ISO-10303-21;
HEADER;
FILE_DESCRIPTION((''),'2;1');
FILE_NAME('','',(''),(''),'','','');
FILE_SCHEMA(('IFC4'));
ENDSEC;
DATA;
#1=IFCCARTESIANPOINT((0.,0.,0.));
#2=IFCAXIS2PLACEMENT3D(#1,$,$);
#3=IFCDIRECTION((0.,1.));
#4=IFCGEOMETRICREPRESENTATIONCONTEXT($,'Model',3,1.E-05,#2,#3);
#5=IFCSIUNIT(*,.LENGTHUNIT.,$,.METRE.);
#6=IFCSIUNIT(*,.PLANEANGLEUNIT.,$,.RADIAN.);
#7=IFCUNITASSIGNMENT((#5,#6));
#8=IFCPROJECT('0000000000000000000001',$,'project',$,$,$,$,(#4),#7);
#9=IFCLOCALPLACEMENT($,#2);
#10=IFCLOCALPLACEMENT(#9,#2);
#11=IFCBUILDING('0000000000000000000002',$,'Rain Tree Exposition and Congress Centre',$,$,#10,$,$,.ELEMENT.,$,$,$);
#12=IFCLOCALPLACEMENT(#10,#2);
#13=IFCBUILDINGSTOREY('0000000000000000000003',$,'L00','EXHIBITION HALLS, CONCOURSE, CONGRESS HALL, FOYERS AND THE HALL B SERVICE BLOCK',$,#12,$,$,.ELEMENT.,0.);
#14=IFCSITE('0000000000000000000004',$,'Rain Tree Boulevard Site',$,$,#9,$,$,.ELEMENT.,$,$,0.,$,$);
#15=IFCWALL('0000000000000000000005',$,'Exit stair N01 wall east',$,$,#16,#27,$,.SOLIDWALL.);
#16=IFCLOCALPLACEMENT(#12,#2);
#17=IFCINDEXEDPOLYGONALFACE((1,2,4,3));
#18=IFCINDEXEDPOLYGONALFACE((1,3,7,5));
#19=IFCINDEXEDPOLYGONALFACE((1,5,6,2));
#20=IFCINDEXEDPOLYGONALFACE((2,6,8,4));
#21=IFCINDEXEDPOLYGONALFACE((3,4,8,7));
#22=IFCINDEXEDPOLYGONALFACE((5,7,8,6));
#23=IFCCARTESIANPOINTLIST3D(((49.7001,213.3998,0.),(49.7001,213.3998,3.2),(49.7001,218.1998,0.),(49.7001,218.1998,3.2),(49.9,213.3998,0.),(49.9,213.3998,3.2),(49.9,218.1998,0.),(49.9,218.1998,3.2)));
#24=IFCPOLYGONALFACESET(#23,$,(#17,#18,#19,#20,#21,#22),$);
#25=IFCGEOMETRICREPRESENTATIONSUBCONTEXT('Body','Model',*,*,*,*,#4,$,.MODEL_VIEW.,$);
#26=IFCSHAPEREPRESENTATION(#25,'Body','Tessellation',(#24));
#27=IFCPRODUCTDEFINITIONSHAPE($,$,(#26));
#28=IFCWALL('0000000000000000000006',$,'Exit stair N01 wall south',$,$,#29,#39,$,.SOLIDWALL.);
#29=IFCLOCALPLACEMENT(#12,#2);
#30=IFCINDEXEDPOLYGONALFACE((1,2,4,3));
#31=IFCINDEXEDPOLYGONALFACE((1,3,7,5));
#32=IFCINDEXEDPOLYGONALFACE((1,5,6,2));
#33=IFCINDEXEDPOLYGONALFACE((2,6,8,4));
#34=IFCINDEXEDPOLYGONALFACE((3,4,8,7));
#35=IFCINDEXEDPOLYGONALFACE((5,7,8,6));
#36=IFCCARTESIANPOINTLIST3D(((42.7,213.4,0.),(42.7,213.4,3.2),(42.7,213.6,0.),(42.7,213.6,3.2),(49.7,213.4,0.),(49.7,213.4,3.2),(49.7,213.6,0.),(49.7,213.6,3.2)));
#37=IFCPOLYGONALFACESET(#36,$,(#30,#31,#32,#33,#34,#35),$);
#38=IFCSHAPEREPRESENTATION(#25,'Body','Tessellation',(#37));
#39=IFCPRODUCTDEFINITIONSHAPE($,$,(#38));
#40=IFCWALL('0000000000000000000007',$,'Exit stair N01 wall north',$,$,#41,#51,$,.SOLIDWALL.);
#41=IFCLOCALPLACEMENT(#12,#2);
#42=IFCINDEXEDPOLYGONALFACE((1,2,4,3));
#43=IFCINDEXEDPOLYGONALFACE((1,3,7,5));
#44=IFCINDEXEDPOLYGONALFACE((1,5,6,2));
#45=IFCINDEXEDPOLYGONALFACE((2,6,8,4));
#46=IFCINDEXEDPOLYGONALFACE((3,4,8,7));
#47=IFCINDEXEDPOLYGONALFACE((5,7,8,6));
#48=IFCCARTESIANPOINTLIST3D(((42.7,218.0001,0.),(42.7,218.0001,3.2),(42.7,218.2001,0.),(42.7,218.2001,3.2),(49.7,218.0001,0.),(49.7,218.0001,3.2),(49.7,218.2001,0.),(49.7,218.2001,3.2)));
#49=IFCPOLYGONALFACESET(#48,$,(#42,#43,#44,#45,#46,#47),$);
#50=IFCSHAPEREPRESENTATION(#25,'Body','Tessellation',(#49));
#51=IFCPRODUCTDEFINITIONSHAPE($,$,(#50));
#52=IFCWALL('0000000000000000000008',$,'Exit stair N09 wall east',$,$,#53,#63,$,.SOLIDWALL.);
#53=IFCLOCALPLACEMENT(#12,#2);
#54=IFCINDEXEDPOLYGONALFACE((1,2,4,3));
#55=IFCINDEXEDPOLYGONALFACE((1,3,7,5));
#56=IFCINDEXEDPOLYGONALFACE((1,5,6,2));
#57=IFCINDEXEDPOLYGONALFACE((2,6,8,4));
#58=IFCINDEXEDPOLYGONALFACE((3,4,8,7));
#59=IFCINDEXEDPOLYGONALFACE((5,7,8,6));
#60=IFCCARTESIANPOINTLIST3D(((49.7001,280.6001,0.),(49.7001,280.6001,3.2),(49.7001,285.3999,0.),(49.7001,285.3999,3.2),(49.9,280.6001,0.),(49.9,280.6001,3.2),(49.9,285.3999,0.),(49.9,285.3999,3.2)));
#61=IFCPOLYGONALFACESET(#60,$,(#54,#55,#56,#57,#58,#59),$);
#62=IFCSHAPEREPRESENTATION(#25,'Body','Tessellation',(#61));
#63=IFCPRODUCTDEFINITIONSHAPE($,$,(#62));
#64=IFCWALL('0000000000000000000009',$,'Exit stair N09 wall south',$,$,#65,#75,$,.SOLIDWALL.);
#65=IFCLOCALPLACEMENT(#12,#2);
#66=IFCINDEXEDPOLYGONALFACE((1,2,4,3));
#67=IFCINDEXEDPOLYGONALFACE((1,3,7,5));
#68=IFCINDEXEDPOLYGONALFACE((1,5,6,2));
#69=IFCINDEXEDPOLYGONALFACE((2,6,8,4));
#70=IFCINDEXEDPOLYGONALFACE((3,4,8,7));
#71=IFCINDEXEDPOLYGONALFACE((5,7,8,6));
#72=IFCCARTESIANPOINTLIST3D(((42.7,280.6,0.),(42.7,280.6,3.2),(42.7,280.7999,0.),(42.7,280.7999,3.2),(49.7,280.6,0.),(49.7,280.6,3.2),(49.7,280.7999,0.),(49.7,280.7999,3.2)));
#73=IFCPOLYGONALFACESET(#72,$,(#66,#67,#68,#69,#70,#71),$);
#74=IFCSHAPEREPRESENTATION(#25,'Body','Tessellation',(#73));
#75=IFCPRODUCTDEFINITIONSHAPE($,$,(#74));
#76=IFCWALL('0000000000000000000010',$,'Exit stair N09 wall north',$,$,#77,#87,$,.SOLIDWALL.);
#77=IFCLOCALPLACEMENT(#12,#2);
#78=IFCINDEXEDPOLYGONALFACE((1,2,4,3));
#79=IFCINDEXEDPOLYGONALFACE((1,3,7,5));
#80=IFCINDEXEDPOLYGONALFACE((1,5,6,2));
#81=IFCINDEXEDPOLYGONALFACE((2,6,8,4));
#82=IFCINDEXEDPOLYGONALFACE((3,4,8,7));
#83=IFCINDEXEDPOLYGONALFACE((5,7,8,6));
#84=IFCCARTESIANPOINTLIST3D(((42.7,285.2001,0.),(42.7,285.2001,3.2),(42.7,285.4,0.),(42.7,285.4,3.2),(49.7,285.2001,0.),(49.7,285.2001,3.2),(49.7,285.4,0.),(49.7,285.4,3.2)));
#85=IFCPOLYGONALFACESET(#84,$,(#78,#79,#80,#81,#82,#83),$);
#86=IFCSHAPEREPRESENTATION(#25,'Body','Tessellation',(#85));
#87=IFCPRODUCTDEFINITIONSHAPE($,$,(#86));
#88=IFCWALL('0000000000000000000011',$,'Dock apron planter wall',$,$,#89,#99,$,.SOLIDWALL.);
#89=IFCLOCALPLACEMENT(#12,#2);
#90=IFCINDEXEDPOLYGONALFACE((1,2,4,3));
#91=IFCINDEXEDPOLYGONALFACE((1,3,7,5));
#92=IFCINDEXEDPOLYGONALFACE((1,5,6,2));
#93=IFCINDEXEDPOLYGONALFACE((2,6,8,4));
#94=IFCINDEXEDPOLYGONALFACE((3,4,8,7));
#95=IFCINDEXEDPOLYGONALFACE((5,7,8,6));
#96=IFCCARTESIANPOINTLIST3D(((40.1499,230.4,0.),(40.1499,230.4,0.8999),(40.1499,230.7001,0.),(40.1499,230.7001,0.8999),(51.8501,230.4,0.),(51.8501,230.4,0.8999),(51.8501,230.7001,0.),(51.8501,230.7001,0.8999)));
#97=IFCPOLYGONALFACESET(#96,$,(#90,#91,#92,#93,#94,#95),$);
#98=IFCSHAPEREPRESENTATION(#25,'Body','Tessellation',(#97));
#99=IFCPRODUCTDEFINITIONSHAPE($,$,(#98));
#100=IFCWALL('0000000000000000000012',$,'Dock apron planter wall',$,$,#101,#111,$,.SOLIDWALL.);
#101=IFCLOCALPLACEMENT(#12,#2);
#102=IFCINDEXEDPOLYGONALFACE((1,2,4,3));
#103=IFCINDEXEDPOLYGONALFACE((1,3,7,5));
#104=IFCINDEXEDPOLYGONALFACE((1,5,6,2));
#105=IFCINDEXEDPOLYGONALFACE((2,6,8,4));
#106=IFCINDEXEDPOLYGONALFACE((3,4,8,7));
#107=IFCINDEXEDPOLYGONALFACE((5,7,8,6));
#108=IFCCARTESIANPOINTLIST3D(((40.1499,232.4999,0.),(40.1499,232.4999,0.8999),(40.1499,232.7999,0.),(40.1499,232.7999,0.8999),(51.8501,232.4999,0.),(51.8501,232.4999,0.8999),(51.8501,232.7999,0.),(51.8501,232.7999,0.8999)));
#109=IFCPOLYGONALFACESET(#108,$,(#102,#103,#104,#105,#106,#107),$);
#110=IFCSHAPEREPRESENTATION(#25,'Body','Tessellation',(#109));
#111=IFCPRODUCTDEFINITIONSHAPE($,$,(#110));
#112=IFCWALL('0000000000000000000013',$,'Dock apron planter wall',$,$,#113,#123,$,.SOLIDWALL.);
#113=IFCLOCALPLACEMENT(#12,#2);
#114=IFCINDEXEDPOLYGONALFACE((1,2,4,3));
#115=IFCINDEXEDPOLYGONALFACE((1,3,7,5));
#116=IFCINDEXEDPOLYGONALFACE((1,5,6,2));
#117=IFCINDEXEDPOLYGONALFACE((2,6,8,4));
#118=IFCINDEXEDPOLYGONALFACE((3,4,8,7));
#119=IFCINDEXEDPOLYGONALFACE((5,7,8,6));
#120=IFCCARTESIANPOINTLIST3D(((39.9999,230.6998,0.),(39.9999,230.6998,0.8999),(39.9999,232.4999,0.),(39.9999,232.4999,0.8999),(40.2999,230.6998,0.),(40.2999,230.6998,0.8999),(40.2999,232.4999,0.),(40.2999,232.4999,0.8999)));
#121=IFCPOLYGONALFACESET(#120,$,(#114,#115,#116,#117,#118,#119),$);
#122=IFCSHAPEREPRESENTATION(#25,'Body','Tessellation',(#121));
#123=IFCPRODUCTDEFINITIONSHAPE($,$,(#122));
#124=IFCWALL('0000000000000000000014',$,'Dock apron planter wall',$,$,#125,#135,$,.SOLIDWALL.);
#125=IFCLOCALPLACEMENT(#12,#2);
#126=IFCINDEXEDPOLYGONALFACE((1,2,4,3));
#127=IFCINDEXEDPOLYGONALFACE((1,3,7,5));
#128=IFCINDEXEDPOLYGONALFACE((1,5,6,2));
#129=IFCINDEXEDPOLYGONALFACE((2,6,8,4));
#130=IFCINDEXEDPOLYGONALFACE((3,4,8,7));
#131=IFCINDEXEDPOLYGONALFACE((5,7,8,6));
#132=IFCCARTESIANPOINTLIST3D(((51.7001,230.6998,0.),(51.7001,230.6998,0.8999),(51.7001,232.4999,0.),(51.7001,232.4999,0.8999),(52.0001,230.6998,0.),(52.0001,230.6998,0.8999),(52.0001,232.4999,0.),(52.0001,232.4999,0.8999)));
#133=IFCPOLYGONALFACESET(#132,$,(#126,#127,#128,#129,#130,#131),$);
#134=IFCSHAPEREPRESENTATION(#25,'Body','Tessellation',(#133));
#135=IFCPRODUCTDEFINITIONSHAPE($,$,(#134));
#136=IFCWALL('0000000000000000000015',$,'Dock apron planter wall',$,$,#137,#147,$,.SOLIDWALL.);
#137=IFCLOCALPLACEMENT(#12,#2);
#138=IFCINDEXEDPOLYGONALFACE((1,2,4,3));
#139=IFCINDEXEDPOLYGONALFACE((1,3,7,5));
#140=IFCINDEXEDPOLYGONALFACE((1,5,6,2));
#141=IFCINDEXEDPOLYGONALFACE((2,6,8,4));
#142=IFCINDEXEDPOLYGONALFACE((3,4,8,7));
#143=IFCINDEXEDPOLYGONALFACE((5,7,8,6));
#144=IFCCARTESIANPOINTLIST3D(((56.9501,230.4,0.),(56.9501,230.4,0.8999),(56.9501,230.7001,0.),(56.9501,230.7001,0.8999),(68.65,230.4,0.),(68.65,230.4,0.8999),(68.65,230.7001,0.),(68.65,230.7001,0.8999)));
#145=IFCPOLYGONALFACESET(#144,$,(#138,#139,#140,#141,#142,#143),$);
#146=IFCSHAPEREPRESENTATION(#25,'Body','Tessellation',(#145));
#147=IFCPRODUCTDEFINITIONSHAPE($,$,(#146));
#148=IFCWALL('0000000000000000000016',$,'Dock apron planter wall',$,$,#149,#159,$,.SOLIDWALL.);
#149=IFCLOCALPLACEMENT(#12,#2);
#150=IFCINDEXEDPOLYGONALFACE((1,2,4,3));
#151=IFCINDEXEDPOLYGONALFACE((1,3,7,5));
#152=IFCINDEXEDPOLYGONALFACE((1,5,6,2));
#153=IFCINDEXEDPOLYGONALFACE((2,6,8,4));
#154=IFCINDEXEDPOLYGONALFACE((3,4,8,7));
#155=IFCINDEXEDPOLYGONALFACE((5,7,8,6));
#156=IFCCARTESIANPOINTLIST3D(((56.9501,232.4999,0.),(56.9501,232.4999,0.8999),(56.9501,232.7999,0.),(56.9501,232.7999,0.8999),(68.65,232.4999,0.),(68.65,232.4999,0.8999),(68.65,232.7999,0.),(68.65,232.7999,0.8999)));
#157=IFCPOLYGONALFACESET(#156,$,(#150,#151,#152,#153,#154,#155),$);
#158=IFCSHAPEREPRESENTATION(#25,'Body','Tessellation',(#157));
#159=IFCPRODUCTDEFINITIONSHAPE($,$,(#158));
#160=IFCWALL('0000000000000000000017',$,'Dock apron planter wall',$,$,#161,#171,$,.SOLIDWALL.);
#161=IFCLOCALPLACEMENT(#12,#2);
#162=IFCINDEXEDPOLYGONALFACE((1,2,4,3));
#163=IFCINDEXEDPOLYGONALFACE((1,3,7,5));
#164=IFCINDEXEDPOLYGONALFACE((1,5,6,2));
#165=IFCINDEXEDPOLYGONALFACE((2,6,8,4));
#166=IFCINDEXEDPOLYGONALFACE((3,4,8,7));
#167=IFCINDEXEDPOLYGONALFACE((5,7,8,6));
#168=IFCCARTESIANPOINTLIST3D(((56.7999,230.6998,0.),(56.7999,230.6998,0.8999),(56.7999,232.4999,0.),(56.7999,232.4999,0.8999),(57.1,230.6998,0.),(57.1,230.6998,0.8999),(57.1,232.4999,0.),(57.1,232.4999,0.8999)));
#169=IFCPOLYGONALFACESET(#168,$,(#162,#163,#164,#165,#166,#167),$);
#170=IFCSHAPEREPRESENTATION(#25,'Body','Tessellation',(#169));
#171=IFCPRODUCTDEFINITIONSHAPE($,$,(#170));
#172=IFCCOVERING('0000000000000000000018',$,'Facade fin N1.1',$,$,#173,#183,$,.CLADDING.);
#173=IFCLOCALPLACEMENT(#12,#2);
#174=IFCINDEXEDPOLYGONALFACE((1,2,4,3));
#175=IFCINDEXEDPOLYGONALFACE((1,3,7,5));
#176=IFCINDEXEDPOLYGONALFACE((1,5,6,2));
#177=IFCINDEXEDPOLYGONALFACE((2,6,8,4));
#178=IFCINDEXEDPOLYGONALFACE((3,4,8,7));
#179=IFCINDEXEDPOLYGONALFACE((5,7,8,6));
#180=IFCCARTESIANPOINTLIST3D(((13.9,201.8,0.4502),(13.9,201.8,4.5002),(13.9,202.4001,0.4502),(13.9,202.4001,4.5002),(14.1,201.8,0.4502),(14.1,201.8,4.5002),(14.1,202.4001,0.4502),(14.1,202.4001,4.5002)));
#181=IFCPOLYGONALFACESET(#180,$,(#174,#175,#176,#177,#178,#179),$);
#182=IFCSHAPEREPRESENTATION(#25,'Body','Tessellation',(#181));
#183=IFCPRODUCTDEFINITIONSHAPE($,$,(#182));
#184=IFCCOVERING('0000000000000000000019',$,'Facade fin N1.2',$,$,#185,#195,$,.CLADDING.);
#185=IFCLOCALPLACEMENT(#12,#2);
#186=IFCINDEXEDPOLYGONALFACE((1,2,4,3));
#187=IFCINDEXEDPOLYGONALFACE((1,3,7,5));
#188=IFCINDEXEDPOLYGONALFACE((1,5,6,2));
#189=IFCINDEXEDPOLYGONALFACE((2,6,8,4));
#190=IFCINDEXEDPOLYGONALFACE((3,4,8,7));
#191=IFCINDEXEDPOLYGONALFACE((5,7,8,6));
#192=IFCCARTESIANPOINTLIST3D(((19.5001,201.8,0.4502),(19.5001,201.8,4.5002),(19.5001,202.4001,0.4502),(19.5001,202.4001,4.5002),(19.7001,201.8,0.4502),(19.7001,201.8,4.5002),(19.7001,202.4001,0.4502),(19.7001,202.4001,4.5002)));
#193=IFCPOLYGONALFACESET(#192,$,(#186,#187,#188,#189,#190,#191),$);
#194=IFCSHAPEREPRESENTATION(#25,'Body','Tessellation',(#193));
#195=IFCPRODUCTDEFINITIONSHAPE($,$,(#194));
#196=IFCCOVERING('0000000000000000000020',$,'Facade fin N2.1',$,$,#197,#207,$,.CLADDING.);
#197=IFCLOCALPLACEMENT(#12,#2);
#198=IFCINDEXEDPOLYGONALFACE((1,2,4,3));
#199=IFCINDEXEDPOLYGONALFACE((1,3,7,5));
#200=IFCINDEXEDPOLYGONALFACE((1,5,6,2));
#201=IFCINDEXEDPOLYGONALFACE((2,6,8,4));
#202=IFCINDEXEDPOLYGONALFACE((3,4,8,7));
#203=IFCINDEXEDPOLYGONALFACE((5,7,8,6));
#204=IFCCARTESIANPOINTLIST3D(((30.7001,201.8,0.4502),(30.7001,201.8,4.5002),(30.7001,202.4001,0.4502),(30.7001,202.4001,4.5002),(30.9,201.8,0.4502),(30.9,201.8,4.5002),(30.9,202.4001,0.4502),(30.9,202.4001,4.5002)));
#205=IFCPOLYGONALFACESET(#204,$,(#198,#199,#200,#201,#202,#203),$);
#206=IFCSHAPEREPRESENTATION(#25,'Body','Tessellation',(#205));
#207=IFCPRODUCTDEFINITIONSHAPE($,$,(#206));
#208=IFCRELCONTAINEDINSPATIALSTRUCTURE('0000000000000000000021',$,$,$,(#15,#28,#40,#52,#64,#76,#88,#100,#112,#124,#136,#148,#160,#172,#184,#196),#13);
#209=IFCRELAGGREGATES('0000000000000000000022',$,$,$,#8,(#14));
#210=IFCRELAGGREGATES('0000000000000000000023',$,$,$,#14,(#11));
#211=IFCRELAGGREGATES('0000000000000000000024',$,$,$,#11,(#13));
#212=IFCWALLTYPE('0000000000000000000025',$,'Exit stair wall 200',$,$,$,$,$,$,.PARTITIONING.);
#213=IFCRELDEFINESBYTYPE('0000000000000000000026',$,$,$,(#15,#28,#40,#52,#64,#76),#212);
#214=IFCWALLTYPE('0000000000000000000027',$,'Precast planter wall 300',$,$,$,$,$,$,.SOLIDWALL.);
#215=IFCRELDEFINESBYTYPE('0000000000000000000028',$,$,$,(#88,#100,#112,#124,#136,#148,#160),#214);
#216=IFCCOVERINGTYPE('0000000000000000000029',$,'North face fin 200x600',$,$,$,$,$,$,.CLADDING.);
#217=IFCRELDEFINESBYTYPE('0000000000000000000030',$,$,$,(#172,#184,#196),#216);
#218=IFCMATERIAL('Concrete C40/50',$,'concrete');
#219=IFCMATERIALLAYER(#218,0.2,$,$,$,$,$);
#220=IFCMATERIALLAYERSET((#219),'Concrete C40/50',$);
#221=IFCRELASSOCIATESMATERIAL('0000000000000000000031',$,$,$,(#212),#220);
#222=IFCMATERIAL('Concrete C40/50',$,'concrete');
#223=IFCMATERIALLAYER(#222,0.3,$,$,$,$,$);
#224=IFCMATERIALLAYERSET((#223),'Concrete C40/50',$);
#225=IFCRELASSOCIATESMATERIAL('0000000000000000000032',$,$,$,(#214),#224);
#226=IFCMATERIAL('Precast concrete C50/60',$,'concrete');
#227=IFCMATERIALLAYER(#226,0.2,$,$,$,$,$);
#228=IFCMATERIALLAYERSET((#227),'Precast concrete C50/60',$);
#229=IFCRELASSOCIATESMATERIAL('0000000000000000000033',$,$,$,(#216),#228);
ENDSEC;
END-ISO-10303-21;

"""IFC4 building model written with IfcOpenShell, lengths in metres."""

from ifc_helpers import new_model, si_unit, direction, frame, frame_2d, origin, origin_2d, place, context, subcontext, project, spatial, rectangle, extrude, material, layer, layer_set, type_object, element, save


model = new_model("IFC4")

# Units and contexts
model_context = context("Model", 3, precision=1e-05, world=origin(), true_north=direction((0.0, 1.0)))
body_context = subcontext(model_context, "Body", "Model", "MODEL_VIEW")
ifc_project = project(units=[si_unit("LENGTHUNIT", "METRE"), si_unit("PLANEANGLEUNIT", "RADIAN")], contexts=[model_context])

# Site, building, storey
site_placement = place(None, origin())
site = spatial("IfcSite", under=ifc_project, at=site_placement, Name="Rain Tree Boulevard Site", CompositionType="ELEMENT", RefElevation=0.0)
building_placement = place(site_placement, origin())
building = spatial("IfcBuilding", under=site, at=building_placement, Name="Rain Tree Exposition and Congress Centre", CompositionType="ELEMENT")
storey_placement = place(building_placement, origin())
storey = spatial("IfcBuildingStorey", under=building, at=storey_placement, Name="L00", Description="EXHIBITION HALLS, CONCOURSE, CONGRESS HALL, FOYERS AND THE HALL B SERVICE BLOCK", CompositionType="ELEMENT", Elevation=0.0)

# Shared definitions
ifc_material_1 = material(Name="Concrete C40/50", Category="concrete")
ifc_layer_1 = layer(ifc_material_1, 0.2)
ifc_layer_set_1 = layer_set([ifc_layer_1], Name="Concrete C40/50")
wall_type_1 = type_object("IfcWallType", Name="Exit stair wall 200", PredefinedType="PARTITIONING", material=ifc_layer_set_1)

# Walls
wall_1_placement = place(storey_placement, frame((49.8, 213.3999, 0.0), z_axis=(0.0, 0.0, 1.0), x_axis=(0.0, 1.0, 0.0)))
element("IfcWall", 1, at=wall_1_placement, inside=storey, type_object=wall_type_1, Name="Exit stair N01 wall east", PredefinedType="SOLIDWALL", context=body_context, shape_type="SweptSolid", body=[
    extrude(rectangle(XDim=4.8, YDim=0.2, at=frame_2d((2.3999, 0.0))), origin(), (0.0, 0.0, 1.0), 3.2),
])
for number, where, z_axis, x_axis, name in (
    (2, (42.7, 213.5, 0.0), (0.0, 0.0, 1.0), (1.0, 0.0, 0.0), "Exit stair N01 wall south"),
    (3, (42.7, 218.1001, 0.0), (0.0, 0.0, 1.0), (1.0, 0.0, 0.0), "Exit stair N01 wall north"),
):
    element("IfcWall", number, at=place(storey_placement, frame(where, z_axis=z_axis, x_axis=x_axis)), inside=storey, type_object=wall_type_1, Name=name, PredefinedType="SOLIDWALL", context=body_context, shape_type="SweptSolid", body=[
        extrude(rectangle(XDim=7.0, YDim=0.2, at=frame_2d((3.5, 0.0))), origin(), (0.0, 0.0, 1.0), 3.2),
    ])

# Walls
wall_2_placement = place(storey_placement, frame((49.8, 280.6001, 0.0), z_axis=(0.0, 0.0, 1.0), x_axis=(0.0, 1.0, 0.0)))
element("IfcWall", 4, at=wall_2_placement, inside=storey, type_object=wall_type_1, Name="Exit stair N09 wall east", PredefinedType="SOLIDWALL", context=body_context, shape_type="SweptSolid", body=[
    extrude(rectangle(XDim=4.7998, YDim=0.2, at=frame_2d((2.3999, 0.0))), origin(), (0.0, 0.0, 1.0), 3.2),
])
for number, where, z_axis, x_axis, name in (
    (5, (42.7, 280.7, 0.0), (0.0, 0.0, 1.0), (1.0, 0.0, 0.0), "Exit stair N09 wall south"),
    (6, (42.7, 285.3, 0.0), (0.0, 0.0, 1.0), (1.0, 0.0, 0.0), "Exit stair N09 wall north"),
):
    element("IfcWall", number, at=place(storey_placement, frame(where, z_axis=z_axis, x_axis=x_axis)), inside=storey, type_object=wall_type_1, Name=name, PredefinedType="SOLIDWALL", context=body_context, shape_type="SweptSolid", body=[
        extrude(rectangle(XDim=7.0, YDim=0.2, at=frame_2d((3.5, 0.0))), origin(), (0.0, 0.0, 1.0), 3.2),
    ])
ifc_material_2 = material(Name="Concrete C40/50", Category="concrete")
ifc_layer_2 = layer(ifc_material_2, 0.3)
ifc_layer_set_2 = layer_set([ifc_layer_2], Name="Concrete C40/50")
wall_type_2 = type_object("IfcWallType", Name="Precast planter wall 300", PredefinedType="SOLIDWALL", material=ifc_layer_set_2)
for number, where, z_axis, x_axis, name in (
    (7, (40.1499, 230.55, 0.0), (0.0, 0.0, 1.0), (1.0, 0.0, 0.0), "Dock apron planter wall"),
    (8, (40.1499, 232.6499, 0.0), (0.0, 0.0, 1.0), (1.0, 0.0, 0.0), "Dock apron planter wall"),
):
    element("IfcWall", number, at=place(storey_placement, frame(where, z_axis=z_axis, x_axis=x_axis)), inside=storey, type_object=wall_type_2, Name=name, PredefinedType="SOLIDWALL", context=body_context, shape_type="SweptSolid", body=[
        extrude(rectangle(XDim=11.7002, YDim=0.3, at=frame_2d((5.8501, 0.0))), origin(), (0.0, 0.0, 1.0), 0.8999),
    ])
for number, where, z_axis, x_axis, name in (
    (9, (40.1499, 230.7, 0.0), (0.0, 0.0, 1.0), (0.0, 1.0, 0.0), "Dock apron planter wall"),
    (10, (51.8501, 230.7, 0.0), (0.0, 0.0, 1.0), (0.0, 1.0, 0.0), "Dock apron planter wall"),
):
    element("IfcWall", number, at=place(storey_placement, frame(where, z_axis=z_axis, x_axis=x_axis)), inside=storey, type_object=wall_type_2, Name=name, PredefinedType="SOLIDWALL", context=body_context, shape_type="SweptSolid", body=[
        extrude(rectangle(XDim=1.8, YDim=0.3, at=frame_2d((0.8999, 0.0))), origin(), (0.0, 0.0, 1.0), 0.8999),
    ])
for number, where, z_axis, x_axis, name in (
    (11, (56.95, 230.55, 0.0), (0.0, 0.0, 1.0), (1.0, 0.0, 0.0), "Dock apron planter wall"),
    (12, (56.95, 232.6499, 0.0), (0.0, 0.0, 1.0), (1.0, 0.0, 0.0), "Dock apron planter wall"),
):
    element("IfcWall", number, at=place(storey_placement, frame(where, z_axis=z_axis, x_axis=x_axis)), inside=storey, type_object=wall_type_2, Name=name, PredefinedType="SOLIDWALL", context=body_context, shape_type="SweptSolid", body=[
        extrude(rectangle(XDim=11.7, YDim=0.3, at=frame_2d((5.8501, 0.0))), origin(), (0.0, 0.0, 1.0), 0.8999),
    ])
wall_3_placement = place(storey_placement, frame((56.95, 230.7, 0.0), z_axis=(0.0, 0.0, 1.0), x_axis=(0.0, 1.0, 0.0)))
element("IfcWall", 13, at=wall_3_placement, inside=storey, type_object=wall_type_2, Name="Dock apron planter wall", PredefinedType="SOLIDWALL", context=body_context, shape_type="SweptSolid", body=[
    extrude(rectangle(XDim=1.8, YDim=0.3, at=frame_2d((0.8999, 0.0))), origin(), (0.0, 0.0, 1.0), 0.8999),
])

# Coverings
ifc_material_3 = material(Name="Precast concrete C50/60", Category="concrete")
ifc_layer_3 = layer(ifc_material_3, 0.2)
ifc_layer_set_3 = layer_set([ifc_layer_3], Name="Precast concrete C50/60")
covering_type_1 = type_object("IfcCoveringType", Name="North face fin 200x600", PredefinedType="CLADDING", material=ifc_layer_set_3)
for number, where, z_axis, x_axis, name in (
    (14, (14.0, 202.1001, 0.4502), (0.0, 0.0, 1.0), (1.0, 0.0, 0.0), "Facade fin N1.1"),
    (15, (19.6001, 202.1001, 0.4502), (0.0, 0.0, 1.0), (1.0, 0.0, 0.0), "Facade fin N1.2"),
    (16, (30.8, 202.1001, 0.4502), (0.0, 0.0, 1.0), (1.0, 0.0, 0.0), "Facade fin N2.1"),
):
    element("IfcCovering", number, at=place(storey_placement, frame(where, z_axis=z_axis, x_axis=x_axis)), inside=storey, type_object=covering_type_1, Name=name, PredefinedType="CLADDING", context=body_context, shape_type="SweptSolid", body=[
        extrude(rectangle(XDim=0.2, YDim=0.6001, at=origin_2d()), origin(), (0.0, 0.0, 1.0), 4.05),
    ])

save(model, "model.ifc")
